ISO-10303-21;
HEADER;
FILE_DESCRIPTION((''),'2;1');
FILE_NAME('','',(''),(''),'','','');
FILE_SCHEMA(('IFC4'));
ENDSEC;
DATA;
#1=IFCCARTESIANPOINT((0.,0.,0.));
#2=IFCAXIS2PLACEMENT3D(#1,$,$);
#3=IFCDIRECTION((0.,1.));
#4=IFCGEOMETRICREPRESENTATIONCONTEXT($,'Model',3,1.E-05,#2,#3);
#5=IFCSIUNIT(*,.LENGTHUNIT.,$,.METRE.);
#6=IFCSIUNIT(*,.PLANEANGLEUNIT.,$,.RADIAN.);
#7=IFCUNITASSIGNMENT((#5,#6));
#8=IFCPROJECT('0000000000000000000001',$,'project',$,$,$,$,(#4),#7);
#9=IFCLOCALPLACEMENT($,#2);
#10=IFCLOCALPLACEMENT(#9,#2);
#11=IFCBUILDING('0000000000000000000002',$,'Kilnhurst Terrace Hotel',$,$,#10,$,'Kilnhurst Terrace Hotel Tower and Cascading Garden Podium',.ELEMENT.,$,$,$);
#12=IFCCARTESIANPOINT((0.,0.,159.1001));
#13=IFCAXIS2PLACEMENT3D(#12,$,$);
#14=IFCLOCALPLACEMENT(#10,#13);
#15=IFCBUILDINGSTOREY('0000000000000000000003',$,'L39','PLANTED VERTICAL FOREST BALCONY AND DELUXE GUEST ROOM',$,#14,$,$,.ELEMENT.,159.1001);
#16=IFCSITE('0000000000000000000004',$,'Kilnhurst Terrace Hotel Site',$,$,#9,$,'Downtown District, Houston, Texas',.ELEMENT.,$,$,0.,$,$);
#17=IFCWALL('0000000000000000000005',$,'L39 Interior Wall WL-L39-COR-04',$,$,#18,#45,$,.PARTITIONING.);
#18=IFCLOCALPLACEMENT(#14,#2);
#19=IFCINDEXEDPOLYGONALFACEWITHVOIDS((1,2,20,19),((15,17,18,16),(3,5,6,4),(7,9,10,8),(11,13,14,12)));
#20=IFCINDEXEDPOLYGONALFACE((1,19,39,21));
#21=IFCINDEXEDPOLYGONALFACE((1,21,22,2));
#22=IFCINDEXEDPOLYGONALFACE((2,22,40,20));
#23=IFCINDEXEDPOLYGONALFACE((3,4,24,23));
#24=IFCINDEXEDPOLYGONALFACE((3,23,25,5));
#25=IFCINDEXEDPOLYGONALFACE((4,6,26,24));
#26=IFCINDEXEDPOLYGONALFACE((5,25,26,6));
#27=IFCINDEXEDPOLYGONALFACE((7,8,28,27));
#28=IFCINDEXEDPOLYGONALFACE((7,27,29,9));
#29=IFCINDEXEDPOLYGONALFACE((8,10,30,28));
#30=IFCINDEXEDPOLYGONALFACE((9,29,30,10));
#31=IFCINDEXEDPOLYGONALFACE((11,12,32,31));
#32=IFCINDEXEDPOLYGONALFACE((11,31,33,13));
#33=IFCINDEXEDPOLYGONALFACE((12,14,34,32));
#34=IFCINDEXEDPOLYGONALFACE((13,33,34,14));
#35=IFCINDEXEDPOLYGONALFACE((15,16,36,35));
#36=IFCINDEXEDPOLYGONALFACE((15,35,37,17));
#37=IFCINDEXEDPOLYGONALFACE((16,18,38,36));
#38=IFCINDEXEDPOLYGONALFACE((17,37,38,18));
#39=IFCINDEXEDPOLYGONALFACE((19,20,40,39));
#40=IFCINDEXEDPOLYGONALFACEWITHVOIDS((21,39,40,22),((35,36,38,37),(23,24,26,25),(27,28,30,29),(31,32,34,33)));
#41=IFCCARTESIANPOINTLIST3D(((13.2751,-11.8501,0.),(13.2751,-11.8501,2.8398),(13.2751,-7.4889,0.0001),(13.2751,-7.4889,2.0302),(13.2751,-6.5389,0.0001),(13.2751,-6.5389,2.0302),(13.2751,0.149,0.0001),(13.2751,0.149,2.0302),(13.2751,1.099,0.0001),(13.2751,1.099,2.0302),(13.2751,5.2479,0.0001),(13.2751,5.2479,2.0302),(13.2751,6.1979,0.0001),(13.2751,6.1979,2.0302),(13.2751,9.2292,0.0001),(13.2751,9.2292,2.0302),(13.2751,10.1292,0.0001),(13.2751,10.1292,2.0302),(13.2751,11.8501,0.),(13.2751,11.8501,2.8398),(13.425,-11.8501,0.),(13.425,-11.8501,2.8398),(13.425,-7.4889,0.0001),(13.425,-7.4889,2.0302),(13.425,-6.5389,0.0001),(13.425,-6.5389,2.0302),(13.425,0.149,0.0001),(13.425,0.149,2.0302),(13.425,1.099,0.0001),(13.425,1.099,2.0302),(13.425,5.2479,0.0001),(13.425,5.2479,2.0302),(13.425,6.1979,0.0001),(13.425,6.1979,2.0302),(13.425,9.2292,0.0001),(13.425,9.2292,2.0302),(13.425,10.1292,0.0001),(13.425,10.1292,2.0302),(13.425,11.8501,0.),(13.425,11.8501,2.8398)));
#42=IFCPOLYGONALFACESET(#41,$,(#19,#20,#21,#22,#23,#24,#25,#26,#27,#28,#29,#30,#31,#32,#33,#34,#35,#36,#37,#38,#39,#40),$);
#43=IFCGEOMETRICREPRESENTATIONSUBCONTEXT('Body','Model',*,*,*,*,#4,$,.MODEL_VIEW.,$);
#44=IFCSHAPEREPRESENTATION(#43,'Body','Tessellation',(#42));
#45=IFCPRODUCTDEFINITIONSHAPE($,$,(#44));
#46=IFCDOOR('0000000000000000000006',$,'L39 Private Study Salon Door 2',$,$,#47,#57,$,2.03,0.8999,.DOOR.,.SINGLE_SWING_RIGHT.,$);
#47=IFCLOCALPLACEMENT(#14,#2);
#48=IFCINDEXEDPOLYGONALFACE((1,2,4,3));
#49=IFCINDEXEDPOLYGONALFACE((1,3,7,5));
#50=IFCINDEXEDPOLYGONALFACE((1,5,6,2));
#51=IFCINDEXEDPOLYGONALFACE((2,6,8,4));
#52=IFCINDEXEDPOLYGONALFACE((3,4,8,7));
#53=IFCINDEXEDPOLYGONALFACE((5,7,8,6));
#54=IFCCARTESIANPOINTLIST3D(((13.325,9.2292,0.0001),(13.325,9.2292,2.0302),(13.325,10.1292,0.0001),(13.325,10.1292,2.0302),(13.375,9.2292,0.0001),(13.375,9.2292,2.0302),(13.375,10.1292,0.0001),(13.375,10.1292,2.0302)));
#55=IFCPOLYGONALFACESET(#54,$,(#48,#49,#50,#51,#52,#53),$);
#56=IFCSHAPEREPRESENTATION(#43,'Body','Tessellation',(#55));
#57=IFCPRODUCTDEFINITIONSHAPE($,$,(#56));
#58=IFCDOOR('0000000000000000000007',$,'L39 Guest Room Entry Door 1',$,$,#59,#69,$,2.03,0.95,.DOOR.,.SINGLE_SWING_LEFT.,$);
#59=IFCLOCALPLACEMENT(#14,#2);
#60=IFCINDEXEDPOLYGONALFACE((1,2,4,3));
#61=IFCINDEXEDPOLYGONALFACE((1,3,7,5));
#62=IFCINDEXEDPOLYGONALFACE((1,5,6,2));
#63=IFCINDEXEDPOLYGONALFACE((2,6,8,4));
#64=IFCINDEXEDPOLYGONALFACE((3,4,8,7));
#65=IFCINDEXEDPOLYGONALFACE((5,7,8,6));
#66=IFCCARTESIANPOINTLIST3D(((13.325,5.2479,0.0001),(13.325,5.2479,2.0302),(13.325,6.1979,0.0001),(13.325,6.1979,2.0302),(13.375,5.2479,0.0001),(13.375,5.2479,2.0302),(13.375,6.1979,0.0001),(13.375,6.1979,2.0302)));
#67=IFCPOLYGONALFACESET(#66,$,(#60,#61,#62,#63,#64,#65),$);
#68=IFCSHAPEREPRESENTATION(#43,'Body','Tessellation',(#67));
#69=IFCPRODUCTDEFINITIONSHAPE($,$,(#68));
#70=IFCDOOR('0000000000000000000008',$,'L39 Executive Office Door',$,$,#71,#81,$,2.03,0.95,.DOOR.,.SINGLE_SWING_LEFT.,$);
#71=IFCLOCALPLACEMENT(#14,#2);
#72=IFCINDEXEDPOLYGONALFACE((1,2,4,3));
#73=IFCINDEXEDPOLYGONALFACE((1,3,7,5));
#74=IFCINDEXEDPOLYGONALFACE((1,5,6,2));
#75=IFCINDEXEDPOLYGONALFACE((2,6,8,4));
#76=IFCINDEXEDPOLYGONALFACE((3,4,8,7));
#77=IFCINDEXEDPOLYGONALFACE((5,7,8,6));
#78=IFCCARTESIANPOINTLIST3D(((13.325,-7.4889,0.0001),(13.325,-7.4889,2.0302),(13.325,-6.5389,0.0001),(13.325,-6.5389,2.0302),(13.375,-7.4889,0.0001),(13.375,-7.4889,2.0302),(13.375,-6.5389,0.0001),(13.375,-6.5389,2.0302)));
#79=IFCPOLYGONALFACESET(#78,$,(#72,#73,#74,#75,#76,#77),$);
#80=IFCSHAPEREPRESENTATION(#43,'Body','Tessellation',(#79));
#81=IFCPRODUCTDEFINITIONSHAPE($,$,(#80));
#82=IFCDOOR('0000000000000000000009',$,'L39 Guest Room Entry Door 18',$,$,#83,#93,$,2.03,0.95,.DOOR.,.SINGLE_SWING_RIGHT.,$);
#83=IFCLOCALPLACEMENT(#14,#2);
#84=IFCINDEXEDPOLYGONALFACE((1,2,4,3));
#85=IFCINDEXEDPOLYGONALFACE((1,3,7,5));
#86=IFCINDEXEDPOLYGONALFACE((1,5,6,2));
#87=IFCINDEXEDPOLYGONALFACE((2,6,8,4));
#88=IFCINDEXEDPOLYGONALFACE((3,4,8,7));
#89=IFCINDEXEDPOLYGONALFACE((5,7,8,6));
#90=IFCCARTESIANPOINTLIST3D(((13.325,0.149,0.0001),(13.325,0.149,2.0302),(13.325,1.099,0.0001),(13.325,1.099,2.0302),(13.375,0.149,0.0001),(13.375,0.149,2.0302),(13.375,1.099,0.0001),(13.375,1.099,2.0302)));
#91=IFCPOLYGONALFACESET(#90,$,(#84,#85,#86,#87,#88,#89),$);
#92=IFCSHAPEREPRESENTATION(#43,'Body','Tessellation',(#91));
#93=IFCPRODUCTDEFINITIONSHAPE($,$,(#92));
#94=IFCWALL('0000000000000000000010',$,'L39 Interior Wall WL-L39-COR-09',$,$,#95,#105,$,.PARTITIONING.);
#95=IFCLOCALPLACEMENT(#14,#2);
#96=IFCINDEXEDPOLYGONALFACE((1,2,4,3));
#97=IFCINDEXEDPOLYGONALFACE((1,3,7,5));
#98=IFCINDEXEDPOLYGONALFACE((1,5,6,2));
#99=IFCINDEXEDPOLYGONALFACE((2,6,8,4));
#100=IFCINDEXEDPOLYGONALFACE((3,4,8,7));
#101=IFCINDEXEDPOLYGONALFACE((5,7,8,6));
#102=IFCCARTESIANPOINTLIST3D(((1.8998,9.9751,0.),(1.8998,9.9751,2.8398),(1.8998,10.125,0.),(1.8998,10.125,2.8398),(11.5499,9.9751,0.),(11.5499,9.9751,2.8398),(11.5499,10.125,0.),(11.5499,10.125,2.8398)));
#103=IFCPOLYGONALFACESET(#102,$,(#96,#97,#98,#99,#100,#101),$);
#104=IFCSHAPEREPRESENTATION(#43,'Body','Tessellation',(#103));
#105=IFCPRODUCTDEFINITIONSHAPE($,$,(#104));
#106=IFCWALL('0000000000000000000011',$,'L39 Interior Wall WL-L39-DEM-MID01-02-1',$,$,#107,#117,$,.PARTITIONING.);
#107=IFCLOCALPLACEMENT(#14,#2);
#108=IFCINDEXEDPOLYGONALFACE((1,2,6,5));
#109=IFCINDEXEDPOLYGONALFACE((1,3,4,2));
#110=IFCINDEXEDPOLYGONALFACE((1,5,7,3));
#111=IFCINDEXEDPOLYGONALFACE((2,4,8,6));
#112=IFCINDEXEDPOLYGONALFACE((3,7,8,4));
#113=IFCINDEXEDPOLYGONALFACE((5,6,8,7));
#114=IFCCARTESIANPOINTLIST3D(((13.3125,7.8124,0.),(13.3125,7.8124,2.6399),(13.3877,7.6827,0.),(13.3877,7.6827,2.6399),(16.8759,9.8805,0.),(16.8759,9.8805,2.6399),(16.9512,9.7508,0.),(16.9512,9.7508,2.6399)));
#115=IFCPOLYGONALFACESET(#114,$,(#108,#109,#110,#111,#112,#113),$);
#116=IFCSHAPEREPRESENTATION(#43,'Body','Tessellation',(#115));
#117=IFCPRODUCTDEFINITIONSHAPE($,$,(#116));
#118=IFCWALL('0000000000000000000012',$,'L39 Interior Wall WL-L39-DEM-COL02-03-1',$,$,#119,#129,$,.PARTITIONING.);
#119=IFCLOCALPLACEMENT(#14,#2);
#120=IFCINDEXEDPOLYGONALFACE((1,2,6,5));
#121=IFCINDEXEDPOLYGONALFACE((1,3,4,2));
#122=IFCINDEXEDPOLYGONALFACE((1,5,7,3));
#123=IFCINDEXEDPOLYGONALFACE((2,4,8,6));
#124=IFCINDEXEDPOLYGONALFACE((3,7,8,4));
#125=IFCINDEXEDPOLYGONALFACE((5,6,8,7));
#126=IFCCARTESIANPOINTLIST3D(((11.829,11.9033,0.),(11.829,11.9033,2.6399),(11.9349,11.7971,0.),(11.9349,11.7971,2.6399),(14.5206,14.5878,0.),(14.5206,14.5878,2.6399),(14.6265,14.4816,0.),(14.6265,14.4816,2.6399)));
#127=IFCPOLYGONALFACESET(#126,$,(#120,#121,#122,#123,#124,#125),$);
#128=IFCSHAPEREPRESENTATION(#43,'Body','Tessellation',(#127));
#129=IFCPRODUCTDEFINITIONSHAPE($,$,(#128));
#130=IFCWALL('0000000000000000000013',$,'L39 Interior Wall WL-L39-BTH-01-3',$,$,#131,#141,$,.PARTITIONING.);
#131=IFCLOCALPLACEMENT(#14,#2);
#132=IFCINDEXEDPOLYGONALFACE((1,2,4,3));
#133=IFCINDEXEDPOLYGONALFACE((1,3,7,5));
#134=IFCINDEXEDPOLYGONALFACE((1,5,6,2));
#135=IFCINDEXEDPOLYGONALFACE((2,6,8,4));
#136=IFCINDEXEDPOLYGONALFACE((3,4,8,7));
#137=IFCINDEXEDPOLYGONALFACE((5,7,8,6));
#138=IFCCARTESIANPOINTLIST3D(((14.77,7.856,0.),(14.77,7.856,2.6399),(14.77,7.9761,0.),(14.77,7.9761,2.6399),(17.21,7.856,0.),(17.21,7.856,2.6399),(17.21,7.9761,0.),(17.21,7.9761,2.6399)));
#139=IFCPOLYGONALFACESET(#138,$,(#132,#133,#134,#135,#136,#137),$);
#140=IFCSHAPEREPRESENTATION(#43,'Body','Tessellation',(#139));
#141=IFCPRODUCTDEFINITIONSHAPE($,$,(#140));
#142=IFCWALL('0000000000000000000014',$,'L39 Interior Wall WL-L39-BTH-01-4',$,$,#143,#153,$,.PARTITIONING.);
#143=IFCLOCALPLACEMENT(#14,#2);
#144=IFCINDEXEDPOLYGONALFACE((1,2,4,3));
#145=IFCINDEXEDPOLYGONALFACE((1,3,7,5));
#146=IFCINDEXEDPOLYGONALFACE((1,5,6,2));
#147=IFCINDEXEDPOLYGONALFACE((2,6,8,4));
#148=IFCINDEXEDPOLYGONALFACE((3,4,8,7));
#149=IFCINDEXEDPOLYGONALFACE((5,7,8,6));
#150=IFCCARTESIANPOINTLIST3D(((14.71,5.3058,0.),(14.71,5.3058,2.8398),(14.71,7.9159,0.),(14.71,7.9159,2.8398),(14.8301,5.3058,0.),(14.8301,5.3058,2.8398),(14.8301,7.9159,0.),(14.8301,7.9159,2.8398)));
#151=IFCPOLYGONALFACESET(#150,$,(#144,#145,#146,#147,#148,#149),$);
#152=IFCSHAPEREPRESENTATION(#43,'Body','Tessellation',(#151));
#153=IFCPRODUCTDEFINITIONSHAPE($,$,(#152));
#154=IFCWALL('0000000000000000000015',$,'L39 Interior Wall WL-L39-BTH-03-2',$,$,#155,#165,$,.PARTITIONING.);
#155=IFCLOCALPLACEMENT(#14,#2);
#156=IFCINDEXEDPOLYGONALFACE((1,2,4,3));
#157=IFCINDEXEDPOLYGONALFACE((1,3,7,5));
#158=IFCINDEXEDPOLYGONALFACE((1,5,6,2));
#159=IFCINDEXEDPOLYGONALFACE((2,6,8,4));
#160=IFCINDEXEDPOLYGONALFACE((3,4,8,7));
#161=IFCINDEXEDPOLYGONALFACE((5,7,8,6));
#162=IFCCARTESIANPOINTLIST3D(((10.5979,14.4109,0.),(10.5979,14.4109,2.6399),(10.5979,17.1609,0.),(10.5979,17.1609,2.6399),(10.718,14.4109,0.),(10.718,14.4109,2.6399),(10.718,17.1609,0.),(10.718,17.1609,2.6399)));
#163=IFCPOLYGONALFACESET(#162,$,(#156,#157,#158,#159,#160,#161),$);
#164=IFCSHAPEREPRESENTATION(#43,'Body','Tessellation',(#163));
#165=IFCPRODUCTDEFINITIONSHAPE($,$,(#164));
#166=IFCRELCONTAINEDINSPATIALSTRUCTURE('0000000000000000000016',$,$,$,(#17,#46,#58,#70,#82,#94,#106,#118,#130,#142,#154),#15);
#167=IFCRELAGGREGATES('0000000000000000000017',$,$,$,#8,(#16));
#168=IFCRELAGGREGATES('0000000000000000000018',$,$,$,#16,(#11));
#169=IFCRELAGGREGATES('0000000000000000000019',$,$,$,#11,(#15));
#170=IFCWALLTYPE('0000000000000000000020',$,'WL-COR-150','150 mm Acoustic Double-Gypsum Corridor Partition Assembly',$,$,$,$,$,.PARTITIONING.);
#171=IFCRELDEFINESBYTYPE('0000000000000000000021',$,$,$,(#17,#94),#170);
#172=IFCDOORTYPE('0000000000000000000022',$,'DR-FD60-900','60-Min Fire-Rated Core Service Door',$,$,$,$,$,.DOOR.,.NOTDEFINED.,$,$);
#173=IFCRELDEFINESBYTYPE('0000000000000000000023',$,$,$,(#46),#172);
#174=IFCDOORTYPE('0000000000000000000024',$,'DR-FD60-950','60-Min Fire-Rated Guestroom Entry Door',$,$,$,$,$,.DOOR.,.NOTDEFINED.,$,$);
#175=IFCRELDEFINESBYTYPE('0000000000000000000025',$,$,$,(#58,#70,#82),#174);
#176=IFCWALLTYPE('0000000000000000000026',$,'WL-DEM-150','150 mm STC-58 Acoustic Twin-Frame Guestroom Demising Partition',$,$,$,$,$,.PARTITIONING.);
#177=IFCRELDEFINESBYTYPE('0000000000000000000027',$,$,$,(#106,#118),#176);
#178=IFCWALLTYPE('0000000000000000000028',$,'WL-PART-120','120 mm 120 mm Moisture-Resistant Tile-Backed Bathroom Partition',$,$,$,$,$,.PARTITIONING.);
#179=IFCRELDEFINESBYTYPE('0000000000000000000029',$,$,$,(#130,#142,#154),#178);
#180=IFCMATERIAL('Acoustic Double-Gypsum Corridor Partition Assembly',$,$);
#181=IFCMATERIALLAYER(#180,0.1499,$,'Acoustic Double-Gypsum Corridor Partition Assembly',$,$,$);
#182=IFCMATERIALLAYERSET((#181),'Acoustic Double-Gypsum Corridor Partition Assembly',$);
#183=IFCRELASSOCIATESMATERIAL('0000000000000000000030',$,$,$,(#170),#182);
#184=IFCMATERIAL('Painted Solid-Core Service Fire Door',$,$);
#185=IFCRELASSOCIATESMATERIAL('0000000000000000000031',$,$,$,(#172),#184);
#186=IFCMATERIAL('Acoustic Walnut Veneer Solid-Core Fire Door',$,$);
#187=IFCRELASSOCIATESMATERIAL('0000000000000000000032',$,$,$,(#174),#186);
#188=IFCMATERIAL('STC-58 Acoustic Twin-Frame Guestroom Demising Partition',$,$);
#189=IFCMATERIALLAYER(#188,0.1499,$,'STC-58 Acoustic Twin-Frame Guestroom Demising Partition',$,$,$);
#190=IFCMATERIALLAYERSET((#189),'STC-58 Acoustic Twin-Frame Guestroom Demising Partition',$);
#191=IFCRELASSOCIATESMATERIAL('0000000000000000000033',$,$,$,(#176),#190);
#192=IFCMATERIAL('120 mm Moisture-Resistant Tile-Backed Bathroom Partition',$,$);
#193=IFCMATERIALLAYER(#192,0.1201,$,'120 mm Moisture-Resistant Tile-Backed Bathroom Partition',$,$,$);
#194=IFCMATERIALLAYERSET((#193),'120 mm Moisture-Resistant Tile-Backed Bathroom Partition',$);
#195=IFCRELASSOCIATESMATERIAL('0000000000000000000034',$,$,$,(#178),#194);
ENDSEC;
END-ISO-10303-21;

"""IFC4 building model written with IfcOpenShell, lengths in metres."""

from ifc_helpers import new_model, si_unit, direction, frame, frame_2d, origin, place, context, subcontext, project, spatial, rectangle, extrude, material, layer, layer_set, type_object, element, fill, save


model = new_model("IFC4")

# Units and contexts
model_context = context("Model", 3, precision=1e-05, world=origin(), true_north=direction((0.0, 1.0)))
body_context = subcontext(model_context, "Body", "Model", "MODEL_VIEW")
ifc_project = project(units=[si_unit("LENGTHUNIT", "METRE"), si_unit("PLANEANGLEUNIT", "RADIAN")], contexts=[model_context])

# Site, building, storey
site_placement = place(None, origin())
site = spatial("IfcSite", under=ifc_project, at=site_placement, Name="Kilnhurst Terrace Hotel Site", LongName="Downtown District, Houston, Texas", CompositionType="ELEMENT", RefElevation=0.0)
building_placement = place(site_placement, origin())
building = spatial("IfcBuilding", under=site, at=building_placement, Name="Kilnhurst Terrace Hotel", LongName="Kilnhurst Terrace Hotel Tower and Cascading Garden Podium", CompositionType="ELEMENT")
storey_placement = place(building_placement, frame((0.0, 0.0, 159.1001)))
storey = spatial("IfcBuildingStorey", under=building, at=storey_placement, Name="L39", Description="PLANTED VERTICAL FOREST BALCONY AND DELUXE GUEST ROOM", CompositionType="ELEMENT", Elevation=159.1001)

# Wall, openings, doors
ifc_material_1 = material(Name="Acoustic Double-Gypsum Corridor Partition Assembly")
ifc_layer_1 = layer(ifc_material_1, 0.1499, Name="Acoustic Double-Gypsum Corridor Partition Assembly")
ifc_layer_set_1 = layer_set([ifc_layer_1], Name="Acoustic Double-Gypsum Corridor Partition Assembly")
wall_type_1 = type_object("IfcWallType", Name="WL-COR-150", Description="150 mm Acoustic Double-Gypsum Corridor Partition Assembly", PredefinedType="PARTITIONING", material=ifc_layer_set_1)
wall_1_placement = place(storey_placement, frame((13.3501, 11.8501, 0.0), z_axis=(0.0, 0.0, 1.0), x_axis=(0.0, -1.0, 0.0)))
wall_1 = element("IfcWall", 1, at=wall_1_placement, inside=storey, type_object=wall_type_1, Name="L39 Interior Wall WL-L39-COR-04", PredefinedType="PARTITIONING", context=body_context, shape_type="SweptSolid", body=[
    extrude(rectangle(XDim=23.7002, YDim=0.1499, at=frame_2d((11.8501, 0.0))), origin(), (0.0, 0.0, 1.0), 2.8398),
])
opening_1_placement = place(wall_1_placement, frame((5.6521, 0.0, 0.0)))
opening_1 = element("IfcOpeningElement", 2, at=opening_1_placement, cuts=wall_1, PredefinedType="OPENING", context=body_context, shape_type="SweptSolid", body=[
    extrude(rectangle(XDim=0.95, YDim=2.03, at=frame_2d((0.4751, 1.0151))), frame((0.0, 0.085, 0.0), z_axis=(0.0, -1.0, 0.0), x_axis=(1.0, 0.0, 0.0)), (0.0, 0.0, 1.0), 0.1699),
])
opening_2_placement = place(wall_1_placement, frame((1.7209, 0.0, 0.0)))
opening_2 = element("IfcOpeningElement", 3, at=opening_2_placement, cuts=wall_1, PredefinedType="OPENING", context=body_context, shape_type="SweptSolid", body=[
    extrude(rectangle(XDim=0.8999, YDim=2.03, at=frame_2d((0.45, 1.0151))), frame((0.0, 0.085, 0.0), z_axis=(0.0, -1.0, 0.0), x_axis=(1.0, 0.0, 0.0)), (0.0, 0.0, 1.0), 0.1699),
])
opening_3_placement = place(wall_1_placement, frame((18.3889, 0.0, 0.0)))
opening_3 = element("IfcOpeningElement", 4, at=opening_3_placement, cuts=wall_1, PredefinedType="OPENING", context=body_context, shape_type="SweptSolid", body=[
    extrude(rectangle(XDim=0.95, YDim=2.03, at=frame_2d((0.4751, 1.0151))), frame((0.0, 0.085, 0.0), z_axis=(0.0, -1.0, 0.0), x_axis=(1.0, 0.0, 0.0)), (0.0, 0.0, 1.0), 0.1699),
])
opening_4_placement = place(wall_1_placement, frame((10.751, 0.0, 0.0)))
opening_4 = element("IfcOpeningElement", 5, at=opening_4_placement, cuts=wall_1, PredefinedType="OPENING", context=body_context, shape_type="SweptSolid", body=[
    extrude(rectangle(XDim=0.95, YDim=2.03, at=frame_2d((0.4751, 1.0151))), frame((0.0, 0.085, 0.0), z_axis=(0.0, -1.0, 0.0), x_axis=(1.0, 0.0, 0.0)), (0.0, 0.0, 1.0), 0.1699),
])
ifc_material_2 = material(Name="Painted Solid-Core Service Fire Door")
door_type_1 = type_object("IfcDoorType", Name="DR-FD60-900", Description="60-Min Fire-Rated Core Service Door", OperationType="NOTDEFINED", PredefinedType="DOOR", material=ifc_material_2)
door_1_placement = place(opening_2_placement, origin())
door_1 = element("IfcDoor", 6, at=door_1_placement, inside=storey, type_object=door_type_1, Name="L39 Private Study Salon Door 2", OperationType="SINGLE_SWING_RIGHT", OverallHeight=2.03, OverallWidth=0.8999, PredefinedType="DOOR", context=body_context, shape_type="SweptSolid", body=[
    extrude(rectangle(XDim=0.8999, YDim=2.03, at=frame_2d((0.45, 1.0151))), frame((0.0, 0.0249, 0.0), z_axis=(0.0, -1.0, 0.0), x_axis=(1.0, 0.0, 0.0)), (0.0, 0.0, 1.0), 0.05),
])
fill(opening_2, door_1)
ifc_material_3 = material(Name="Acoustic Walnut Veneer Solid-Core Fire Door")
door_type_2 = type_object("IfcDoorType", Name="DR-FD60-950", Description="60-Min Fire-Rated Guestroom Entry Door", OperationType="NOTDEFINED", PredefinedType="DOOR", material=ifc_material_3)
door_2_placement = place(opening_1_placement, origin())
door_2 = element("IfcDoor", 7, at=door_2_placement, inside=storey, type_object=door_type_2, Name="L39 Guest Room Entry Door 1", OperationType="SINGLE_SWING_LEFT", OverallHeight=2.03, OverallWidth=0.95, PredefinedType="DOOR", context=body_context, shape_type="SweptSolid", body=[
    extrude(rectangle(XDim=0.95, YDim=2.03, at=frame_2d((0.4751, 1.0151))), frame((0.0, 0.0249, 0.0), z_axis=(0.0, -1.0, 0.0), x_axis=(1.0, 0.0, 0.0)), (0.0, 0.0, 1.0), 0.05),
])
fill(opening_1, door_2)
door_3_placement = place(opening_3_placement, origin())
door_3 = element("IfcDoor", 8, at=door_3_placement, inside=storey, type_object=door_type_2, Name="L39 Executive Office Door", OperationType="SINGLE_SWING_LEFT", OverallHeight=2.03, OverallWidth=0.95, PredefinedType="DOOR", context=body_context, shape_type="SweptSolid", body=[
    extrude(rectangle(XDim=0.95, YDim=2.03, at=frame_2d((0.4751, 1.0151))), frame((0.0, 0.0249, 0.0), z_axis=(0.0, -1.0, 0.0), x_axis=(1.0, 0.0, 0.0)), (0.0, 0.0, 1.0), 0.05),
])
fill(opening_3, door_3)
door_4_placement = place(opening_4_placement, origin())
door_4 = element("IfcDoor", 9, at=door_4_placement, inside=storey, type_object=door_type_2, Name="L39 Guest Room Entry Door 18", OperationType="SINGLE_SWING_RIGHT", OverallHeight=2.03, OverallWidth=0.95, PredefinedType="DOOR", context=body_context, shape_type="SweptSolid", body=[
    extrude(rectangle(XDim=0.95, YDim=2.03, at=frame_2d((0.4751, 1.0151))), frame((0.0, 0.0249, 0.0), z_axis=(0.0, -1.0, 0.0), x_axis=(1.0, 0.0, 0.0)), (0.0, 0.0, 1.0), 0.05),
])
fill(opening_4, door_4)

# Walls
wall_2_placement = place(storey_placement, frame((11.55, 10.05, 0.0), z_axis=(0.0, 0.0, 1.0), x_axis=(-1.0, 0.0, 0.0)))
element("IfcWall", 10, at=wall_2_placement, inside=storey, type_object=wall_type_1, Name="L39 Interior Wall WL-L39-COR-09", PredefinedType="PARTITIONING", context=body_context, shape_type="SweptSolid", body=[
    extrude(rectangle(XDim=9.6501, YDim=0.1499, at=frame_2d((4.8252, 0.0))), origin(), (0.0, 0.0, 1.0), 2.8398),
])
ifc_material_4 = material(Name="STC-58 Acoustic Twin-Frame Guestroom Demising Partition")
ifc_layer_2 = layer(ifc_material_4, 0.1499, Name="STC-58 Acoustic Twin-Frame Guestroom Demising Partition")
ifc_layer_set_2 = layer_set([ifc_layer_2], Name="STC-58 Acoustic Twin-Frame Guestroom Demising Partition")
wall_type_2 = type_object("IfcWallType", Name="WL-DEM-150", Description="150 mm STC-58 Acoustic Twin-Frame Guestroom Demising Partition", PredefinedType="PARTITIONING", material=ifc_layer_set_2)
wall_3_placement = place(storey_placement, frame((13.3501, 7.7476, 0.0), z_axis=(0.0, 0.0, 1.0), x_axis=(0.864894, 0.501954, 0.0)))
element("IfcWall", 11, at=wall_3_placement, inside=storey, type_object=wall_type_2, Name="L39 Interior Wall WL-L39-DEM-MID01-02-1", PredefinedType="PARTITIONING", context=body_context, shape_type="SweptSolid", body=[
    extrude(rectangle(XDim=4.1201, YDim=0.1499, at=frame_2d((2.0601, 0.0))), origin(), (0.0, 0.0, 1.0), 2.6399),
])
wall_4_placement = place(storey_placement, frame((11.8818, 11.8501, 0.0), z_axis=(0.0, 0.0, 1.0), x_axis=(0.708037, 0.706175, 0.0)))
element("IfcWall", 12, at=wall_4_placement, inside=storey, type_object=wall_type_2, Name="L39 Interior Wall WL-L39-DEM-COL02-03-1", PredefinedType="PARTITIONING", context=body_context, shape_type="SweptSolid", body=[
    extrude(rectangle(XDim=3.8015, YDim=0.1499, at=frame_2d((1.9009, 0.0))), origin(), (0.0, 0.0, 1.0), 2.6399),
])
ifc_material_5 = material(Name="120 mm Moisture-Resistant Tile-Backed Bathroom Partition")
ifc_layer_3 = layer(ifc_material_5, 0.1201, Name="120 mm Moisture-Resistant Tile-Backed Bathroom Partition")
ifc_layer_set_3 = layer_set([ifc_layer_3], Name="120 mm Moisture-Resistant Tile-Backed Bathroom Partition")
wall_type_3 = type_object("IfcWallType", Name="WL-PART-120", Description="120 mm 120 mm Moisture-Resistant Tile-Backed Bathroom Partition", PredefinedType="PARTITIONING", material=ifc_layer_set_3)
wall_5_placement = place(storey_placement, frame((17.21, 7.916, 0.0), z_axis=(0.0, 0.0, 1.0), x_axis=(-1.0, 0.0, 0.0)))
element("IfcWall", 13, at=wall_5_placement, inside=storey, type_object=wall_type_3, Name="L39 Interior Wall WL-L39-BTH-01-3", PredefinedType="PARTITIONING", context=body_context, shape_type="SweptSolid", body=[
    extrude(rectangle(XDim=2.4399, YDim=0.1201, at=frame_2d((1.22, 0.0))), origin(), (0.0, 0.0, 1.0), 2.6399),
])
wall_6_placement = place(storey_placement, frame((14.77, 7.916, 0.0), z_axis=(0.0, 0.0, 1.0), x_axis=(0.0, -1.0, 0.0)))
element("IfcWall", 14, at=wall_6_placement, inside=storey, type_object=wall_type_3, Name="L39 Interior Wall WL-L39-BTH-01-4", PredefinedType="PARTITIONING", context=body_context, shape_type="SweptSolid", body=[
    extrude(rectangle(XDim=2.6101, YDim=0.1201, at=frame_2d((1.3052, 0.0))), origin(), (0.0, 0.0, 1.0), 2.8398),
])
wall_7_placement = place(storey_placement, frame((10.658, 14.4109, 0.0), z_axis=(0.0, 0.0, 1.0), x_axis=(0.0, 1.0, 0.0)))
element("IfcWall", 15, at=wall_7_placement, inside=storey, type_object=wall_type_3, Name="L39 Interior Wall WL-L39-BTH-03-2", PredefinedType="PARTITIONING", context=body_context, shape_type="SweptSolid", body=[
    extrude(rectangle(XDim=2.75, YDim=0.1201, at=frame_2d((1.375, 0.0))), origin(), (0.0, 0.0, 1.0), 2.6399),
])

save(model, "model.ifc")
